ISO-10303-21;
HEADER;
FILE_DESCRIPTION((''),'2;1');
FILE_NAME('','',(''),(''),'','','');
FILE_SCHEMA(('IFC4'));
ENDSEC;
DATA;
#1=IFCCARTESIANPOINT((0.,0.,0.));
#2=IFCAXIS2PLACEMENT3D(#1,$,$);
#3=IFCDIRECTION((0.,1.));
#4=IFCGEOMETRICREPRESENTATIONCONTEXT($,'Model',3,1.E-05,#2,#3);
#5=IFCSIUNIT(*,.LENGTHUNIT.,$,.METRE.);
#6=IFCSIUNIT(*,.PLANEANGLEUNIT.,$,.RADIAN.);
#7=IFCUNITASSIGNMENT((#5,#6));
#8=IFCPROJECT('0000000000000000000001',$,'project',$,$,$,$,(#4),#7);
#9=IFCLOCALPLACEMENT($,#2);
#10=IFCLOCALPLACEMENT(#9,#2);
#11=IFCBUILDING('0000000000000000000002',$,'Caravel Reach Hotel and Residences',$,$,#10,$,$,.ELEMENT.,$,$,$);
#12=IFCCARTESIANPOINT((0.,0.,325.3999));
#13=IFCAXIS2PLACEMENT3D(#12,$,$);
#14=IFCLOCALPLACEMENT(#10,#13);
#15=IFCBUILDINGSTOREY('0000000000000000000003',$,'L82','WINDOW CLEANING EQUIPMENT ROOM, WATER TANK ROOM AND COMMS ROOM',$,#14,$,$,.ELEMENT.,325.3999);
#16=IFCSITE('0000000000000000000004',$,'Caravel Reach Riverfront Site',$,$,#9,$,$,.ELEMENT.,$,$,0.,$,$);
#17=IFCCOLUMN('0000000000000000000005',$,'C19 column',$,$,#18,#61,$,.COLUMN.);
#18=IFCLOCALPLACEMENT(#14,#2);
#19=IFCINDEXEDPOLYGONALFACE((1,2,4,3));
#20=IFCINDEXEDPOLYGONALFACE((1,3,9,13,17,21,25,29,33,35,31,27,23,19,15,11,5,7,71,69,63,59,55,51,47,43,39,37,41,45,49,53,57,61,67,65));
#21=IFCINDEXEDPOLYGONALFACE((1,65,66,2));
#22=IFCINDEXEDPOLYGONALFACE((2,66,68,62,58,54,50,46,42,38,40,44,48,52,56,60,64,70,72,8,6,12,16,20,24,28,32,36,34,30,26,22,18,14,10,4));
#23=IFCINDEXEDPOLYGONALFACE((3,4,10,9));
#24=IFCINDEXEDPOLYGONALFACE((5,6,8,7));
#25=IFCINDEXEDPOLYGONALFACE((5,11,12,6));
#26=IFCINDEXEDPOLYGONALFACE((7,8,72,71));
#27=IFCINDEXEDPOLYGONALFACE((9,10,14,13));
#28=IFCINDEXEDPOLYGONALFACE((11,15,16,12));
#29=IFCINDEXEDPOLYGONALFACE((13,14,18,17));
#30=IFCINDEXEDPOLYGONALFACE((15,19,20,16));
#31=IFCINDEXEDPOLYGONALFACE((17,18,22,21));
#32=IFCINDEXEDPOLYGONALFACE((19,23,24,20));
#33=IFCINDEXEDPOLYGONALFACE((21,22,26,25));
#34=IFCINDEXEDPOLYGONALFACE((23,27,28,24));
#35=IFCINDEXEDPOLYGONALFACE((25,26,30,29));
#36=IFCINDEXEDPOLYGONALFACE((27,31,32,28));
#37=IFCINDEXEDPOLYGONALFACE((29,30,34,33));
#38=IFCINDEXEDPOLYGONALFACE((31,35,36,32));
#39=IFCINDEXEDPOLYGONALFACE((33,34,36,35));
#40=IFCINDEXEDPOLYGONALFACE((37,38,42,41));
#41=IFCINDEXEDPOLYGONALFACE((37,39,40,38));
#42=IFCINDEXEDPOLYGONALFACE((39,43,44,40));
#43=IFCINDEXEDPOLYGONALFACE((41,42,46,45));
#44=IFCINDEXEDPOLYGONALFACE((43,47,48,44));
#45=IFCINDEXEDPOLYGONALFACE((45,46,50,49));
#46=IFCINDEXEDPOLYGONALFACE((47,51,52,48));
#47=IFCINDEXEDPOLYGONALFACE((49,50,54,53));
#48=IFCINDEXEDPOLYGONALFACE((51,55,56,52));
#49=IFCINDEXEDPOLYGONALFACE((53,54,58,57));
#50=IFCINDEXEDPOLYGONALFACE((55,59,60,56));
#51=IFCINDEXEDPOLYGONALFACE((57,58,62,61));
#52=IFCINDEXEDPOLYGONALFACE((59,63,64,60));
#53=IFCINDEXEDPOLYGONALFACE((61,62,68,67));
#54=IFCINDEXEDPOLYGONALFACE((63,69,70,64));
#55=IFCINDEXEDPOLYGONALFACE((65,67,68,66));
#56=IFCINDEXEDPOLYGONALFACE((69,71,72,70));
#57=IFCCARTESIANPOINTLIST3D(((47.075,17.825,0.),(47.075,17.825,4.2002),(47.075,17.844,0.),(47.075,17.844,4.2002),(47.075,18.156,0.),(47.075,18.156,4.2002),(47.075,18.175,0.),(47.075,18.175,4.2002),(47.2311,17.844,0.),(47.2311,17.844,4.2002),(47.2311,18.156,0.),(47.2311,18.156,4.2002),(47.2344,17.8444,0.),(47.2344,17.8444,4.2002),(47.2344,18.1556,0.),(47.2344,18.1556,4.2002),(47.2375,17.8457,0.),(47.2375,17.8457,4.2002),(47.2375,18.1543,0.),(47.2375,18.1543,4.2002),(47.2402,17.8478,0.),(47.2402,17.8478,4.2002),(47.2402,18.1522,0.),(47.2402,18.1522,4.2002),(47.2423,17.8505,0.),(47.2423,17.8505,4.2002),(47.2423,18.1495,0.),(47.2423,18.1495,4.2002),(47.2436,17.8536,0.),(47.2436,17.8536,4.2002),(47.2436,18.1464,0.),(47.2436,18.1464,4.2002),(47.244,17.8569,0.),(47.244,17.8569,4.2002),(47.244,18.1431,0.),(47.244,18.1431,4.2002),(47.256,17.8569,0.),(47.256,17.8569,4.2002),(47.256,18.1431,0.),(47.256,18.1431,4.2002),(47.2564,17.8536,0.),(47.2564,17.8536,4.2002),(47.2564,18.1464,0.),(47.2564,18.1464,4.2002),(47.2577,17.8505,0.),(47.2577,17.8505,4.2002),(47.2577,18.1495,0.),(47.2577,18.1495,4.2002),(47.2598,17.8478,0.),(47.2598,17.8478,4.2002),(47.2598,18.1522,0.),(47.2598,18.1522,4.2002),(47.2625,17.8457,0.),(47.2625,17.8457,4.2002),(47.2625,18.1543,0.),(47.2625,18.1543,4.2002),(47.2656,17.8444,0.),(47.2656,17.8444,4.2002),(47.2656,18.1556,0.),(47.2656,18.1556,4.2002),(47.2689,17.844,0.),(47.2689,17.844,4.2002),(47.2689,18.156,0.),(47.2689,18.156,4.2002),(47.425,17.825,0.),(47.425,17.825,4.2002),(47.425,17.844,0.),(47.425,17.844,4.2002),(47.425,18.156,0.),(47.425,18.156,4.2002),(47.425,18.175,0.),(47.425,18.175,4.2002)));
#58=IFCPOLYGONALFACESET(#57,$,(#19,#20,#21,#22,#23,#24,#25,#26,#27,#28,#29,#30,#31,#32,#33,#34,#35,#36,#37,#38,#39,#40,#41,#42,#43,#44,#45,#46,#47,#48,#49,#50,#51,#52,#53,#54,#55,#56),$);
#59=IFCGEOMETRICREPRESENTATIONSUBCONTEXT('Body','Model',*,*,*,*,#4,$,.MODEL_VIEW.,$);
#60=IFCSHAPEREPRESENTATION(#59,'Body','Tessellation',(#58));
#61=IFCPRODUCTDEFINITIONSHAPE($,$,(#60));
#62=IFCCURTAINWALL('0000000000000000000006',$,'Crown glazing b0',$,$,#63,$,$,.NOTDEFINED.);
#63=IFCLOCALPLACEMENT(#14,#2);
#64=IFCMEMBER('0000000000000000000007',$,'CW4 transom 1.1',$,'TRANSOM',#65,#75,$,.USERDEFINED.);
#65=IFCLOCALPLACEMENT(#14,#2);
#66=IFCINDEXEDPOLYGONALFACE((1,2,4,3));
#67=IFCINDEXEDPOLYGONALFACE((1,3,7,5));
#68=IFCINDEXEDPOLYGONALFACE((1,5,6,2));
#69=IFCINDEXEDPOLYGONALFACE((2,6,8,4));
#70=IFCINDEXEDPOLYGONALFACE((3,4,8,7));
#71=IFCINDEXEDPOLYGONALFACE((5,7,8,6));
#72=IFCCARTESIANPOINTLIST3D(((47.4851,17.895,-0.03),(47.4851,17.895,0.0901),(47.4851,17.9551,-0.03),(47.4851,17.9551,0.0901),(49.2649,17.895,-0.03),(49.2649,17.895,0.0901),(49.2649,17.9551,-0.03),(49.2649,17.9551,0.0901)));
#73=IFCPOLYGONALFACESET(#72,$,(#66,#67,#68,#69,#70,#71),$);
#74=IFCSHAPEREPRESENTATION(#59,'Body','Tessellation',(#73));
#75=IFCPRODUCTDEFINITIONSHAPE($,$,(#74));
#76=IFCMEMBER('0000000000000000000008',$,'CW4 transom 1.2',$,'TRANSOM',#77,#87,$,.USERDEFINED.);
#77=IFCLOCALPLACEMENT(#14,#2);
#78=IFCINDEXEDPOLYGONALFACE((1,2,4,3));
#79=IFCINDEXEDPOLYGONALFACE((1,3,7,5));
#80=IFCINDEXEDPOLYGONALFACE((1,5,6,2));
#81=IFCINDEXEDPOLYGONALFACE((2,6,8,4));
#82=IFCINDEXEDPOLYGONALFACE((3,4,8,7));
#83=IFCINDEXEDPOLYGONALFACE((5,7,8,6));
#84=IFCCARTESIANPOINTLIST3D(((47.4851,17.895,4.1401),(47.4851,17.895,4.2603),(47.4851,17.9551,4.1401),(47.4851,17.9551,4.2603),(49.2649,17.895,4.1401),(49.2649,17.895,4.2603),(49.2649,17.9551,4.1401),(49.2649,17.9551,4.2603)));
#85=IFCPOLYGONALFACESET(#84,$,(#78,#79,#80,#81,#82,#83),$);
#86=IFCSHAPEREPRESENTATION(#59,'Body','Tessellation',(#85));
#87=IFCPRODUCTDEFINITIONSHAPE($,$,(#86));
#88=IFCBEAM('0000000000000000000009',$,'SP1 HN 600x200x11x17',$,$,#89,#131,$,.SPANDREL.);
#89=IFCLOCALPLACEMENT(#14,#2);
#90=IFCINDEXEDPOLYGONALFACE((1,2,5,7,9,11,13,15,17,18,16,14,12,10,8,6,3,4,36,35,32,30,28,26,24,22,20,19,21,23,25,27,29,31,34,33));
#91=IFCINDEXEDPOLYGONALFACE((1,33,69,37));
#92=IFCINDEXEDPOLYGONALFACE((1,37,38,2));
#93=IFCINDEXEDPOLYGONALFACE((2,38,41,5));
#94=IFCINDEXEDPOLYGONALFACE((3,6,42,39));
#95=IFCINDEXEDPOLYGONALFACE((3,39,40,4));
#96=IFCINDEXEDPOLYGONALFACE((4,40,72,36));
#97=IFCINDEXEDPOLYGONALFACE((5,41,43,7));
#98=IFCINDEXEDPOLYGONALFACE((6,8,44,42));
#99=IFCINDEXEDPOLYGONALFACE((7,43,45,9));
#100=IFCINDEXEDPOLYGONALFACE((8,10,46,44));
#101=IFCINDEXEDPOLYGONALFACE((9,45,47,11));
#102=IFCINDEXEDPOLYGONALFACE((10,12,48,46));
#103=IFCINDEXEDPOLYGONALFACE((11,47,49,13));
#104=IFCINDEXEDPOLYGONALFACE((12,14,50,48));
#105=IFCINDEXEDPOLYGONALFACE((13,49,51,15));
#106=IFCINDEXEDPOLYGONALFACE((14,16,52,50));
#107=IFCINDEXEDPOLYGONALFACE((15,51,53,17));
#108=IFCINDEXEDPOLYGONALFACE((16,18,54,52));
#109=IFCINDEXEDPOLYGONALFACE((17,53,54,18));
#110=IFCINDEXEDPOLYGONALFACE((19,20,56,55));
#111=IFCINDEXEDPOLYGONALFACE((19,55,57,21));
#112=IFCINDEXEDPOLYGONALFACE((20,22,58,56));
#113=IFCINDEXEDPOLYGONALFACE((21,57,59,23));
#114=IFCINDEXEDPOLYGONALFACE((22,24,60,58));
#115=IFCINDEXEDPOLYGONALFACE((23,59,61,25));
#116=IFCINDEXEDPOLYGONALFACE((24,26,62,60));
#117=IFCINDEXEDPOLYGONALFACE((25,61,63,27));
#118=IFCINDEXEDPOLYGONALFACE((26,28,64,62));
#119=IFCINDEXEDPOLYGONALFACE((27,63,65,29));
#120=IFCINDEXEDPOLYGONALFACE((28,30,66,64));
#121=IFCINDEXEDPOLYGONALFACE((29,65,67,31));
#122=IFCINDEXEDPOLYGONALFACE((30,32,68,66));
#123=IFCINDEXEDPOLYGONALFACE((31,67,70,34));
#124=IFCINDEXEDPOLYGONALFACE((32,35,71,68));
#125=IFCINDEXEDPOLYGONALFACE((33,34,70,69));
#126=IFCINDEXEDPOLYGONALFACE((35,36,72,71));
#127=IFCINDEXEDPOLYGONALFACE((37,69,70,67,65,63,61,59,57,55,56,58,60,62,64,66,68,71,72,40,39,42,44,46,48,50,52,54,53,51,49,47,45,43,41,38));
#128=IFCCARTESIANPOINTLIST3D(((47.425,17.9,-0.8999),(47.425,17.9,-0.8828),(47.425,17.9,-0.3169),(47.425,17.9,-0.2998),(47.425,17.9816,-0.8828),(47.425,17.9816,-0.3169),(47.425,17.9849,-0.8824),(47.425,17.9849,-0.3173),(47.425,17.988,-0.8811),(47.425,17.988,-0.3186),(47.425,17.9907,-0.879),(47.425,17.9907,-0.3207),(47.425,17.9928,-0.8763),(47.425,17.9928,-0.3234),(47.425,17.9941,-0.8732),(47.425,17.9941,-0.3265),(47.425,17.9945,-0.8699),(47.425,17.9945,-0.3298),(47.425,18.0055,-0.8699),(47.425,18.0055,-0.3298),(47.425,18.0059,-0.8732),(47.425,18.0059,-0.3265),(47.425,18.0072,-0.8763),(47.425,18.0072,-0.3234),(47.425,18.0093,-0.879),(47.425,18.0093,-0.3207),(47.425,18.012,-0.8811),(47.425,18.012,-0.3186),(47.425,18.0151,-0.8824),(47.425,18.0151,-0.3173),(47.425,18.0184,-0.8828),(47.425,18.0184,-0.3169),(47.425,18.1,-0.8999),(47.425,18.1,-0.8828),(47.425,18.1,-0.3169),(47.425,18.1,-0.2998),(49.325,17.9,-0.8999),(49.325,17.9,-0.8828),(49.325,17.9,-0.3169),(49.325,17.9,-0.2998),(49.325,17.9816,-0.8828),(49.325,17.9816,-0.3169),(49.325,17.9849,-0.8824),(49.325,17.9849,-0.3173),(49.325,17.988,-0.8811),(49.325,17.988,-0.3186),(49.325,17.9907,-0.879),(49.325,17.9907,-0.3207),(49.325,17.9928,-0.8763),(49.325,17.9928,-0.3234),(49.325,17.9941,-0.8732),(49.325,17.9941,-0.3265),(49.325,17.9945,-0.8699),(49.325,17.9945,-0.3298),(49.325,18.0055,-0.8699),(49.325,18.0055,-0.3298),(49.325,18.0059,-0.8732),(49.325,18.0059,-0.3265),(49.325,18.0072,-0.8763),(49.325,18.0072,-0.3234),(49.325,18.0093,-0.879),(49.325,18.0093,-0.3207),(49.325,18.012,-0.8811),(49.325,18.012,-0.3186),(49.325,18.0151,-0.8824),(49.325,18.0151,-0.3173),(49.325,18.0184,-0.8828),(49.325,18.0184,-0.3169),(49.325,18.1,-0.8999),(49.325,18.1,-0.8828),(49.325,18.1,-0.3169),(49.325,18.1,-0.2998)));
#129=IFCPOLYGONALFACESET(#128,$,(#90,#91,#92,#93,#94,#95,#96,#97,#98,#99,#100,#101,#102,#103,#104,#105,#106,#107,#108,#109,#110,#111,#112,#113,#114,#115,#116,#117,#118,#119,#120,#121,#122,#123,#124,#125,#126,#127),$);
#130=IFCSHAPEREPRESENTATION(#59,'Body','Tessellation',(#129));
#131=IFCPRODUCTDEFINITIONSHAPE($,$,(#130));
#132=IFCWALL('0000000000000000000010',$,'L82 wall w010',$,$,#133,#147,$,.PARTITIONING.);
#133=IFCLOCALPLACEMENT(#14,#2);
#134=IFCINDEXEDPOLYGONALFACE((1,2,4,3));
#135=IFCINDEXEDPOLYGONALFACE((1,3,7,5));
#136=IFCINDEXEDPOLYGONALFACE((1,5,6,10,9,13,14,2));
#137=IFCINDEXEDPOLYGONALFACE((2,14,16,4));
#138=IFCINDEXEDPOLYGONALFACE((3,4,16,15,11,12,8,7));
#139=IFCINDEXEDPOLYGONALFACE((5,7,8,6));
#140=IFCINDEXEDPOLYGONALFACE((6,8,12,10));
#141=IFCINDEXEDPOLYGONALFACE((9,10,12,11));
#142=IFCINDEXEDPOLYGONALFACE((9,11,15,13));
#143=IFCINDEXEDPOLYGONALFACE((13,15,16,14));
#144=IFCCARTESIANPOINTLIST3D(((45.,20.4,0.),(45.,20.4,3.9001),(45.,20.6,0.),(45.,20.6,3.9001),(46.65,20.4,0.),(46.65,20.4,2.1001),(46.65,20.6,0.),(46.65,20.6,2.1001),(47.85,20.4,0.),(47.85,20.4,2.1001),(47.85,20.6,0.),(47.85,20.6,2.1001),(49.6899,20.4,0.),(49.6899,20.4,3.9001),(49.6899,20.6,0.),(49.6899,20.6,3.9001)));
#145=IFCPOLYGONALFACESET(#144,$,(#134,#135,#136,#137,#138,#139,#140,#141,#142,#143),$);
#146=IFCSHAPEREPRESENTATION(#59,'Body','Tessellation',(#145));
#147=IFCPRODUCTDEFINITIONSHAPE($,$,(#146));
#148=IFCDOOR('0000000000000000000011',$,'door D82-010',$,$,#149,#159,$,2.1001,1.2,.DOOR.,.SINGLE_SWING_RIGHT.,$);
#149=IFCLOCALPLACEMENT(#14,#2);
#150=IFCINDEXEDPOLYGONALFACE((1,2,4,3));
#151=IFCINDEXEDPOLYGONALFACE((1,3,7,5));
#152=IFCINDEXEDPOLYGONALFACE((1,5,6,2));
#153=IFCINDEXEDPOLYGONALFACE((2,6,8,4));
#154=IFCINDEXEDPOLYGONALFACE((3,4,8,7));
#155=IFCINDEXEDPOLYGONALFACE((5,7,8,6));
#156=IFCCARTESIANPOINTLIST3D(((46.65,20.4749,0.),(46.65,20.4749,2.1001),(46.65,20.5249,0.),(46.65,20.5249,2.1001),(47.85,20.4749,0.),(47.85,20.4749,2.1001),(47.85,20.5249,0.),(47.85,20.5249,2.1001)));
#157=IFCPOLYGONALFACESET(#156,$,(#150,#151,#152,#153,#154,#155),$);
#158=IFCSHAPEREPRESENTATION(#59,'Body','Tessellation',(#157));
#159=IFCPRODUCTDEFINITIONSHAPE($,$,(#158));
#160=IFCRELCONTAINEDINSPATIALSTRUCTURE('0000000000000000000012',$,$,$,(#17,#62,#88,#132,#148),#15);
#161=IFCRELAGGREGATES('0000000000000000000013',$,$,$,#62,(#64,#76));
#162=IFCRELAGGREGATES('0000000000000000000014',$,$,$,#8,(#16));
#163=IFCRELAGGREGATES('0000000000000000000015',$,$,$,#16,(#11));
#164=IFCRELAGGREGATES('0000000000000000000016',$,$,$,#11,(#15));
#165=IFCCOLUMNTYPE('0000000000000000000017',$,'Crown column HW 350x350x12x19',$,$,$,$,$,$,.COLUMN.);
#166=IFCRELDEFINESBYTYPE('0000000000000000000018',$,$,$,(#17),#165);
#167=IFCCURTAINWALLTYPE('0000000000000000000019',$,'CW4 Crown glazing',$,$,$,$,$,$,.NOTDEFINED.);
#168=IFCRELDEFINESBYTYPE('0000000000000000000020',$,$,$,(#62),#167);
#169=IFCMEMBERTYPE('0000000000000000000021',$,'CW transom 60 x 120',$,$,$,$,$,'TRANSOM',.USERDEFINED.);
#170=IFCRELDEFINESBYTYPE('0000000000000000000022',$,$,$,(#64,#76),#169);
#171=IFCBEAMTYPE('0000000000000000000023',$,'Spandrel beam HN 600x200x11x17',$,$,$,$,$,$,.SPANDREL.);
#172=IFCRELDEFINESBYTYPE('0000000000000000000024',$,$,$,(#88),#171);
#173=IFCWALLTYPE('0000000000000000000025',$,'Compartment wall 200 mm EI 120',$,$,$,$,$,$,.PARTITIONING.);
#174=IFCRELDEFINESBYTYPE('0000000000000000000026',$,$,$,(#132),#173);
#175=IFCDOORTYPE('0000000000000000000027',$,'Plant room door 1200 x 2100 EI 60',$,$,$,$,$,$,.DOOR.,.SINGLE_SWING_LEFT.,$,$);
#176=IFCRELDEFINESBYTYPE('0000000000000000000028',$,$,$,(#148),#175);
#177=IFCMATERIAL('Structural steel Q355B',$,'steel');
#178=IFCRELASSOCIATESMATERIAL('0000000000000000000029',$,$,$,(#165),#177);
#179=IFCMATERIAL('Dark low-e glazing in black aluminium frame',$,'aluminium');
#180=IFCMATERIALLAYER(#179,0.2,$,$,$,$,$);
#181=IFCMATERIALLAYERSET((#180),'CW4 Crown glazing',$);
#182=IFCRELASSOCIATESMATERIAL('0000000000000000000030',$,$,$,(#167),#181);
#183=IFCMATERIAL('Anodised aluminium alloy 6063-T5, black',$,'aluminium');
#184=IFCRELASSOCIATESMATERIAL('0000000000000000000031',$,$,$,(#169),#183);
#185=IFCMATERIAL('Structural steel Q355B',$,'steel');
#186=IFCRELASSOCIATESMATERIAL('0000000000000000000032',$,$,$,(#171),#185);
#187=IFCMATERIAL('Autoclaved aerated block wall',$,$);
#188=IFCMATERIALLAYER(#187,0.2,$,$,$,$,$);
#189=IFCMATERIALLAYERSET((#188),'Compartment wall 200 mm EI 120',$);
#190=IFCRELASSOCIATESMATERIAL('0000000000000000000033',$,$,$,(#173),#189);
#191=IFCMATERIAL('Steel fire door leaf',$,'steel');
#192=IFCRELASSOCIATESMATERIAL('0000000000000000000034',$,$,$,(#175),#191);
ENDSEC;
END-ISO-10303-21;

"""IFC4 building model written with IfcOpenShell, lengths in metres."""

from ifc_helpers import new_model, si_unit, direction, frame, frame_2d, origin, origin_2d, place, context, subcontext, project, spatial, rectangle, i_section, extrude, material, layer, layer_set, material_profile, profile_set, type_object, element, fill, aggregate, save


model = new_model("IFC4")

# Units and contexts
model_context = context("Model", 3, precision=1e-05, world=origin(), true_north=direction((0.0, 1.0)))
body_context = subcontext(model_context, "Body", "Model", "MODEL_VIEW")
ifc_project = project(units=[si_unit("LENGTHUNIT", "METRE"), si_unit("PLANEANGLEUNIT", "RADIAN")], contexts=[model_context])

# Site, building, storey
site_placement = place(None, origin())
site = spatial("IfcSite", under=ifc_project, at=site_placement, Name="Caravel Reach Riverfront Site", CompositionType="ELEMENT", RefElevation=0.0)
building_placement = place(site_placement, origin())
building = spatial("IfcBuilding", under=site, at=building_placement, Name="Caravel Reach Hotel and Residences", CompositionType="ELEMENT")
storey_placement = place(building_placement, frame((0.0, 0.0, 325.3999)))
storey = spatial("IfcBuildingStorey", under=building, at=storey_placement, Name="L82", Description="WINDOW CLEANING EQUIPMENT ROOM, WATER TANK ROOM AND COMMS ROOM", CompositionType="ELEMENT", Elevation=325.3999)

# Column
ifc_material_1 = material(Name="Structural steel Q355B", Category="steel")
ifc_material_profile_1 = material_profile(ifc_material_1, i_section(OverallWidth=0.3501, OverallDepth=0.3501, WebThickness=0.012, FlangeThickness=0.019, FilletRadius=0.0129, at=origin_2d()), Name="HW 350x350x12x19")
ifc_profile_set_1 = profile_set([ifc_material_profile_1], Name="Structural steel Q355B")
column_type = type_object("IfcColumnType", Name="Crown column HW 350x350x12x19", PredefinedType="COLUMN", material=ifc_profile_set_1)
column_placement = place(storey_placement, frame((47.25, 18.0, 0.0), z_axis=(0.0, 0.0, 1.0), x_axis=(1.0, 0.0, 0.0)))
element("IfcColumn", 1, at=column_placement, inside=storey, type_object=column_type, Name="C19 column", PredefinedType="COLUMN", context=body_context, shape_type="SweptSolid", body=[
    extrude(i_section(OverallWidth=0.3501, OverallDepth=0.3501, WebThickness=0.012, FlangeThickness=0.019, FilletRadius=0.0129, at=origin_2d()), origin(), (0.0, 0.0, 1.0), 4.2002),
])

# Curtain wall, members
ifc_material_2 = material(Name="Dark low-e glazing in black aluminium frame", Category="aluminium")
ifc_layer_1 = layer(ifc_material_2, 0.2)
ifc_layer_set_1 = layer_set([ifc_layer_1], Name="CW4 Crown glazing")
curtain_wall_type = type_object("IfcCurtainWallType", Name="CW4 Crown glazing", PredefinedType="NOTDEFINED", material=ifc_layer_set_1)
curtain_wall_placement = place(storey_placement, origin())
curtain_wall = element("IfcCurtainWall", 2, at=curtain_wall_placement, inside=storey, type_object=curtain_wall_type, Name="Crown glazing b0", PredefinedType="NOTDEFINED")
ifc_material_3 = material(Name="Anodised aluminium alloy 6063-T5, black", Category="aluminium")
ifc_material_profile_2 = material_profile(ifc_material_3, rectangle(XDim=0.0601, YDim=0.1201, at=origin_2d()), Name="CW transom 60 x 120")
ifc_profile_set_2 = profile_set([ifc_material_profile_2], Name="Anodised aluminium alloy 6063-T5, black")
member_type = type_object("IfcMemberType", Name="CW transom 60 x 120", ElementType="TRANSOM", PredefinedType="USERDEFINED", material=ifc_profile_set_2)
member_1_placement = place(storey_placement, frame((47.4851, 17.925, 0.03), z_axis=(1.0, 0.0, 0.0), x_axis=(0.0, 1.0, 0.0)))
member_1 = element("IfcMember", 3, at=member_1_placement, type_object=member_type, Name="CW4 transom 1.1", ObjectType="TRANSOM", PredefinedType="USERDEFINED", context=body_context, shape_type="SweptSolid", body=[
    extrude(rectangle(XDim=0.0601, YDim=0.1201, at=origin_2d()), origin(), (0.0, 0.0, 1.0), 1.7798),
])
member_2_placement = place(storey_placement, frame((47.4851, 17.925, 4.2002), z_axis=(1.0, 0.0, 0.0), x_axis=(0.0, 1.0, 0.0)))
member_2 = element("IfcMember", 4, at=member_2_placement, type_object=member_type, Name="CW4 transom 1.2", ObjectType="TRANSOM", PredefinedType="USERDEFINED", context=body_context, shape_type="SweptSolid", body=[
    extrude(rectangle(XDim=0.0601, YDim=0.1201, at=origin_2d()), origin(), (0.0, 0.0, 1.0), 1.7798),
])
aggregate(curtain_wall, [member_1, member_2])

# Beam
ifc_material_4 = material(Name="Structural steel Q355B", Category="steel")
ifc_material_profile_3 = material_profile(ifc_material_4, i_section(OverallWidth=0.2, OverallDepth=0.6001, WebThickness=0.011, FlangeThickness=0.0171, FilletRadius=0.0129, at=origin_2d()), Name="HN 600x200x11x17")
ifc_profile_set_3 = profile_set([ifc_material_profile_3], Name="Structural steel Q355B")
beam_type = type_object("IfcBeamType", Name="Spandrel beam HN 600x200x11x17", PredefinedType="SPANDREL", material=ifc_profile_set_3)
beam_placement = place(storey_placement, frame((47.425, 18.0, -0.5999), z_axis=(1.0, 0.0, 0.0), x_axis=(0.0, 1.0, 0.0)))
element("IfcBeam", 5, at=beam_placement, inside=storey, type_object=beam_type, Name="SP1 HN 600x200x11x17", PredefinedType="SPANDREL", context=body_context, shape_type="SweptSolid", body=[
    extrude(i_section(OverallWidth=0.2, OverallDepth=0.6001, WebThickness=0.011, FlangeThickness=0.0171, FilletRadius=0.0129, at=origin_2d()), origin(), (0.0, 0.0, 1.0), 1.8999),
])

# Wall, opening, door
ifc_material_5 = material(Name="Autoclaved aerated block wall")
ifc_layer_2 = layer(ifc_material_5, 0.2)
ifc_layer_set_2 = layer_set([ifc_layer_2], Name="Compartment wall 200 mm EI 120")
wall_type_1 = type_object("IfcWallType", Name="Compartment wall 200 mm EI 120", PredefinedType="PARTITIONING", material=ifc_layer_set_2)
wall_1_placement = place(storey_placement, frame((45.0, 20.5, 0.0), z_axis=(0.0, 0.0, 1.0), x_axis=(1.0, 0.0, 0.0)))
wall_1 = element("IfcWall", 6, at=wall_1_placement, inside=storey, type_object=wall_type_1, Name="L82 wall w010", PredefinedType="PARTITIONING", context=body_context, shape_type="SweptSolid", body=[
    extrude(rectangle(XDim=4.6899, YDim=0.2, at=frame_2d((2.345, 0.0))), origin(), (0.0, 0.0, 1.0), 3.9001),
])
opening_1_placement = place(wall_1_placement, frame((1.6499, 0.0, 0.0)))
opening_1 = element("IfcOpeningElement", 7, at=opening_1_placement, cuts=wall_1, PredefinedType="OPENING", context=body_context, shape_type="SweptSolid", body=[
    extrude(rectangle(XDim=1.2, YDim=2.1001, at=frame_2d((0.6001, 1.05))), frame((0.0, 0.1099, 0.0), z_axis=(0.0, -1.0, 0.0), x_axis=(1.0, 0.0, 0.0)), (0.0, 0.0, 1.0), 0.22),
])
ifc_material_6 = material(Name="Steel fire door leaf", Category="steel")
door_type_1 = type_object("IfcDoorType", Name="Plant room door 1200 x 2100 EI 60", OperationType="SINGLE_SWING_LEFT", PredefinedType="DOOR", material=ifc_material_6)
door_1_placement = place(opening_1_placement, origin())
door_1 = element("IfcDoor", 8, at=door_1_placement, inside=storey, type_object=door_type_1, Name="door D82-010", OperationType="SINGLE_SWING_RIGHT", OverallHeight=2.1001, OverallWidth=1.2, PredefinedType="DOOR", context=body_context, shape_type="SweptSolid", body=[
    extrude(rectangle(XDim=1.2, YDim=2.1001, at=frame_2d((0.6001, 1.05))), frame((0.0, 0.0249, 0.0), z_axis=(0.0, -1.0, 0.0), x_axis=(1.0, 0.0, 0.0)), (0.0, 0.0, 1.0), 0.05),
])
fill(opening_1, door_1)

save(model, "model.ifc")
